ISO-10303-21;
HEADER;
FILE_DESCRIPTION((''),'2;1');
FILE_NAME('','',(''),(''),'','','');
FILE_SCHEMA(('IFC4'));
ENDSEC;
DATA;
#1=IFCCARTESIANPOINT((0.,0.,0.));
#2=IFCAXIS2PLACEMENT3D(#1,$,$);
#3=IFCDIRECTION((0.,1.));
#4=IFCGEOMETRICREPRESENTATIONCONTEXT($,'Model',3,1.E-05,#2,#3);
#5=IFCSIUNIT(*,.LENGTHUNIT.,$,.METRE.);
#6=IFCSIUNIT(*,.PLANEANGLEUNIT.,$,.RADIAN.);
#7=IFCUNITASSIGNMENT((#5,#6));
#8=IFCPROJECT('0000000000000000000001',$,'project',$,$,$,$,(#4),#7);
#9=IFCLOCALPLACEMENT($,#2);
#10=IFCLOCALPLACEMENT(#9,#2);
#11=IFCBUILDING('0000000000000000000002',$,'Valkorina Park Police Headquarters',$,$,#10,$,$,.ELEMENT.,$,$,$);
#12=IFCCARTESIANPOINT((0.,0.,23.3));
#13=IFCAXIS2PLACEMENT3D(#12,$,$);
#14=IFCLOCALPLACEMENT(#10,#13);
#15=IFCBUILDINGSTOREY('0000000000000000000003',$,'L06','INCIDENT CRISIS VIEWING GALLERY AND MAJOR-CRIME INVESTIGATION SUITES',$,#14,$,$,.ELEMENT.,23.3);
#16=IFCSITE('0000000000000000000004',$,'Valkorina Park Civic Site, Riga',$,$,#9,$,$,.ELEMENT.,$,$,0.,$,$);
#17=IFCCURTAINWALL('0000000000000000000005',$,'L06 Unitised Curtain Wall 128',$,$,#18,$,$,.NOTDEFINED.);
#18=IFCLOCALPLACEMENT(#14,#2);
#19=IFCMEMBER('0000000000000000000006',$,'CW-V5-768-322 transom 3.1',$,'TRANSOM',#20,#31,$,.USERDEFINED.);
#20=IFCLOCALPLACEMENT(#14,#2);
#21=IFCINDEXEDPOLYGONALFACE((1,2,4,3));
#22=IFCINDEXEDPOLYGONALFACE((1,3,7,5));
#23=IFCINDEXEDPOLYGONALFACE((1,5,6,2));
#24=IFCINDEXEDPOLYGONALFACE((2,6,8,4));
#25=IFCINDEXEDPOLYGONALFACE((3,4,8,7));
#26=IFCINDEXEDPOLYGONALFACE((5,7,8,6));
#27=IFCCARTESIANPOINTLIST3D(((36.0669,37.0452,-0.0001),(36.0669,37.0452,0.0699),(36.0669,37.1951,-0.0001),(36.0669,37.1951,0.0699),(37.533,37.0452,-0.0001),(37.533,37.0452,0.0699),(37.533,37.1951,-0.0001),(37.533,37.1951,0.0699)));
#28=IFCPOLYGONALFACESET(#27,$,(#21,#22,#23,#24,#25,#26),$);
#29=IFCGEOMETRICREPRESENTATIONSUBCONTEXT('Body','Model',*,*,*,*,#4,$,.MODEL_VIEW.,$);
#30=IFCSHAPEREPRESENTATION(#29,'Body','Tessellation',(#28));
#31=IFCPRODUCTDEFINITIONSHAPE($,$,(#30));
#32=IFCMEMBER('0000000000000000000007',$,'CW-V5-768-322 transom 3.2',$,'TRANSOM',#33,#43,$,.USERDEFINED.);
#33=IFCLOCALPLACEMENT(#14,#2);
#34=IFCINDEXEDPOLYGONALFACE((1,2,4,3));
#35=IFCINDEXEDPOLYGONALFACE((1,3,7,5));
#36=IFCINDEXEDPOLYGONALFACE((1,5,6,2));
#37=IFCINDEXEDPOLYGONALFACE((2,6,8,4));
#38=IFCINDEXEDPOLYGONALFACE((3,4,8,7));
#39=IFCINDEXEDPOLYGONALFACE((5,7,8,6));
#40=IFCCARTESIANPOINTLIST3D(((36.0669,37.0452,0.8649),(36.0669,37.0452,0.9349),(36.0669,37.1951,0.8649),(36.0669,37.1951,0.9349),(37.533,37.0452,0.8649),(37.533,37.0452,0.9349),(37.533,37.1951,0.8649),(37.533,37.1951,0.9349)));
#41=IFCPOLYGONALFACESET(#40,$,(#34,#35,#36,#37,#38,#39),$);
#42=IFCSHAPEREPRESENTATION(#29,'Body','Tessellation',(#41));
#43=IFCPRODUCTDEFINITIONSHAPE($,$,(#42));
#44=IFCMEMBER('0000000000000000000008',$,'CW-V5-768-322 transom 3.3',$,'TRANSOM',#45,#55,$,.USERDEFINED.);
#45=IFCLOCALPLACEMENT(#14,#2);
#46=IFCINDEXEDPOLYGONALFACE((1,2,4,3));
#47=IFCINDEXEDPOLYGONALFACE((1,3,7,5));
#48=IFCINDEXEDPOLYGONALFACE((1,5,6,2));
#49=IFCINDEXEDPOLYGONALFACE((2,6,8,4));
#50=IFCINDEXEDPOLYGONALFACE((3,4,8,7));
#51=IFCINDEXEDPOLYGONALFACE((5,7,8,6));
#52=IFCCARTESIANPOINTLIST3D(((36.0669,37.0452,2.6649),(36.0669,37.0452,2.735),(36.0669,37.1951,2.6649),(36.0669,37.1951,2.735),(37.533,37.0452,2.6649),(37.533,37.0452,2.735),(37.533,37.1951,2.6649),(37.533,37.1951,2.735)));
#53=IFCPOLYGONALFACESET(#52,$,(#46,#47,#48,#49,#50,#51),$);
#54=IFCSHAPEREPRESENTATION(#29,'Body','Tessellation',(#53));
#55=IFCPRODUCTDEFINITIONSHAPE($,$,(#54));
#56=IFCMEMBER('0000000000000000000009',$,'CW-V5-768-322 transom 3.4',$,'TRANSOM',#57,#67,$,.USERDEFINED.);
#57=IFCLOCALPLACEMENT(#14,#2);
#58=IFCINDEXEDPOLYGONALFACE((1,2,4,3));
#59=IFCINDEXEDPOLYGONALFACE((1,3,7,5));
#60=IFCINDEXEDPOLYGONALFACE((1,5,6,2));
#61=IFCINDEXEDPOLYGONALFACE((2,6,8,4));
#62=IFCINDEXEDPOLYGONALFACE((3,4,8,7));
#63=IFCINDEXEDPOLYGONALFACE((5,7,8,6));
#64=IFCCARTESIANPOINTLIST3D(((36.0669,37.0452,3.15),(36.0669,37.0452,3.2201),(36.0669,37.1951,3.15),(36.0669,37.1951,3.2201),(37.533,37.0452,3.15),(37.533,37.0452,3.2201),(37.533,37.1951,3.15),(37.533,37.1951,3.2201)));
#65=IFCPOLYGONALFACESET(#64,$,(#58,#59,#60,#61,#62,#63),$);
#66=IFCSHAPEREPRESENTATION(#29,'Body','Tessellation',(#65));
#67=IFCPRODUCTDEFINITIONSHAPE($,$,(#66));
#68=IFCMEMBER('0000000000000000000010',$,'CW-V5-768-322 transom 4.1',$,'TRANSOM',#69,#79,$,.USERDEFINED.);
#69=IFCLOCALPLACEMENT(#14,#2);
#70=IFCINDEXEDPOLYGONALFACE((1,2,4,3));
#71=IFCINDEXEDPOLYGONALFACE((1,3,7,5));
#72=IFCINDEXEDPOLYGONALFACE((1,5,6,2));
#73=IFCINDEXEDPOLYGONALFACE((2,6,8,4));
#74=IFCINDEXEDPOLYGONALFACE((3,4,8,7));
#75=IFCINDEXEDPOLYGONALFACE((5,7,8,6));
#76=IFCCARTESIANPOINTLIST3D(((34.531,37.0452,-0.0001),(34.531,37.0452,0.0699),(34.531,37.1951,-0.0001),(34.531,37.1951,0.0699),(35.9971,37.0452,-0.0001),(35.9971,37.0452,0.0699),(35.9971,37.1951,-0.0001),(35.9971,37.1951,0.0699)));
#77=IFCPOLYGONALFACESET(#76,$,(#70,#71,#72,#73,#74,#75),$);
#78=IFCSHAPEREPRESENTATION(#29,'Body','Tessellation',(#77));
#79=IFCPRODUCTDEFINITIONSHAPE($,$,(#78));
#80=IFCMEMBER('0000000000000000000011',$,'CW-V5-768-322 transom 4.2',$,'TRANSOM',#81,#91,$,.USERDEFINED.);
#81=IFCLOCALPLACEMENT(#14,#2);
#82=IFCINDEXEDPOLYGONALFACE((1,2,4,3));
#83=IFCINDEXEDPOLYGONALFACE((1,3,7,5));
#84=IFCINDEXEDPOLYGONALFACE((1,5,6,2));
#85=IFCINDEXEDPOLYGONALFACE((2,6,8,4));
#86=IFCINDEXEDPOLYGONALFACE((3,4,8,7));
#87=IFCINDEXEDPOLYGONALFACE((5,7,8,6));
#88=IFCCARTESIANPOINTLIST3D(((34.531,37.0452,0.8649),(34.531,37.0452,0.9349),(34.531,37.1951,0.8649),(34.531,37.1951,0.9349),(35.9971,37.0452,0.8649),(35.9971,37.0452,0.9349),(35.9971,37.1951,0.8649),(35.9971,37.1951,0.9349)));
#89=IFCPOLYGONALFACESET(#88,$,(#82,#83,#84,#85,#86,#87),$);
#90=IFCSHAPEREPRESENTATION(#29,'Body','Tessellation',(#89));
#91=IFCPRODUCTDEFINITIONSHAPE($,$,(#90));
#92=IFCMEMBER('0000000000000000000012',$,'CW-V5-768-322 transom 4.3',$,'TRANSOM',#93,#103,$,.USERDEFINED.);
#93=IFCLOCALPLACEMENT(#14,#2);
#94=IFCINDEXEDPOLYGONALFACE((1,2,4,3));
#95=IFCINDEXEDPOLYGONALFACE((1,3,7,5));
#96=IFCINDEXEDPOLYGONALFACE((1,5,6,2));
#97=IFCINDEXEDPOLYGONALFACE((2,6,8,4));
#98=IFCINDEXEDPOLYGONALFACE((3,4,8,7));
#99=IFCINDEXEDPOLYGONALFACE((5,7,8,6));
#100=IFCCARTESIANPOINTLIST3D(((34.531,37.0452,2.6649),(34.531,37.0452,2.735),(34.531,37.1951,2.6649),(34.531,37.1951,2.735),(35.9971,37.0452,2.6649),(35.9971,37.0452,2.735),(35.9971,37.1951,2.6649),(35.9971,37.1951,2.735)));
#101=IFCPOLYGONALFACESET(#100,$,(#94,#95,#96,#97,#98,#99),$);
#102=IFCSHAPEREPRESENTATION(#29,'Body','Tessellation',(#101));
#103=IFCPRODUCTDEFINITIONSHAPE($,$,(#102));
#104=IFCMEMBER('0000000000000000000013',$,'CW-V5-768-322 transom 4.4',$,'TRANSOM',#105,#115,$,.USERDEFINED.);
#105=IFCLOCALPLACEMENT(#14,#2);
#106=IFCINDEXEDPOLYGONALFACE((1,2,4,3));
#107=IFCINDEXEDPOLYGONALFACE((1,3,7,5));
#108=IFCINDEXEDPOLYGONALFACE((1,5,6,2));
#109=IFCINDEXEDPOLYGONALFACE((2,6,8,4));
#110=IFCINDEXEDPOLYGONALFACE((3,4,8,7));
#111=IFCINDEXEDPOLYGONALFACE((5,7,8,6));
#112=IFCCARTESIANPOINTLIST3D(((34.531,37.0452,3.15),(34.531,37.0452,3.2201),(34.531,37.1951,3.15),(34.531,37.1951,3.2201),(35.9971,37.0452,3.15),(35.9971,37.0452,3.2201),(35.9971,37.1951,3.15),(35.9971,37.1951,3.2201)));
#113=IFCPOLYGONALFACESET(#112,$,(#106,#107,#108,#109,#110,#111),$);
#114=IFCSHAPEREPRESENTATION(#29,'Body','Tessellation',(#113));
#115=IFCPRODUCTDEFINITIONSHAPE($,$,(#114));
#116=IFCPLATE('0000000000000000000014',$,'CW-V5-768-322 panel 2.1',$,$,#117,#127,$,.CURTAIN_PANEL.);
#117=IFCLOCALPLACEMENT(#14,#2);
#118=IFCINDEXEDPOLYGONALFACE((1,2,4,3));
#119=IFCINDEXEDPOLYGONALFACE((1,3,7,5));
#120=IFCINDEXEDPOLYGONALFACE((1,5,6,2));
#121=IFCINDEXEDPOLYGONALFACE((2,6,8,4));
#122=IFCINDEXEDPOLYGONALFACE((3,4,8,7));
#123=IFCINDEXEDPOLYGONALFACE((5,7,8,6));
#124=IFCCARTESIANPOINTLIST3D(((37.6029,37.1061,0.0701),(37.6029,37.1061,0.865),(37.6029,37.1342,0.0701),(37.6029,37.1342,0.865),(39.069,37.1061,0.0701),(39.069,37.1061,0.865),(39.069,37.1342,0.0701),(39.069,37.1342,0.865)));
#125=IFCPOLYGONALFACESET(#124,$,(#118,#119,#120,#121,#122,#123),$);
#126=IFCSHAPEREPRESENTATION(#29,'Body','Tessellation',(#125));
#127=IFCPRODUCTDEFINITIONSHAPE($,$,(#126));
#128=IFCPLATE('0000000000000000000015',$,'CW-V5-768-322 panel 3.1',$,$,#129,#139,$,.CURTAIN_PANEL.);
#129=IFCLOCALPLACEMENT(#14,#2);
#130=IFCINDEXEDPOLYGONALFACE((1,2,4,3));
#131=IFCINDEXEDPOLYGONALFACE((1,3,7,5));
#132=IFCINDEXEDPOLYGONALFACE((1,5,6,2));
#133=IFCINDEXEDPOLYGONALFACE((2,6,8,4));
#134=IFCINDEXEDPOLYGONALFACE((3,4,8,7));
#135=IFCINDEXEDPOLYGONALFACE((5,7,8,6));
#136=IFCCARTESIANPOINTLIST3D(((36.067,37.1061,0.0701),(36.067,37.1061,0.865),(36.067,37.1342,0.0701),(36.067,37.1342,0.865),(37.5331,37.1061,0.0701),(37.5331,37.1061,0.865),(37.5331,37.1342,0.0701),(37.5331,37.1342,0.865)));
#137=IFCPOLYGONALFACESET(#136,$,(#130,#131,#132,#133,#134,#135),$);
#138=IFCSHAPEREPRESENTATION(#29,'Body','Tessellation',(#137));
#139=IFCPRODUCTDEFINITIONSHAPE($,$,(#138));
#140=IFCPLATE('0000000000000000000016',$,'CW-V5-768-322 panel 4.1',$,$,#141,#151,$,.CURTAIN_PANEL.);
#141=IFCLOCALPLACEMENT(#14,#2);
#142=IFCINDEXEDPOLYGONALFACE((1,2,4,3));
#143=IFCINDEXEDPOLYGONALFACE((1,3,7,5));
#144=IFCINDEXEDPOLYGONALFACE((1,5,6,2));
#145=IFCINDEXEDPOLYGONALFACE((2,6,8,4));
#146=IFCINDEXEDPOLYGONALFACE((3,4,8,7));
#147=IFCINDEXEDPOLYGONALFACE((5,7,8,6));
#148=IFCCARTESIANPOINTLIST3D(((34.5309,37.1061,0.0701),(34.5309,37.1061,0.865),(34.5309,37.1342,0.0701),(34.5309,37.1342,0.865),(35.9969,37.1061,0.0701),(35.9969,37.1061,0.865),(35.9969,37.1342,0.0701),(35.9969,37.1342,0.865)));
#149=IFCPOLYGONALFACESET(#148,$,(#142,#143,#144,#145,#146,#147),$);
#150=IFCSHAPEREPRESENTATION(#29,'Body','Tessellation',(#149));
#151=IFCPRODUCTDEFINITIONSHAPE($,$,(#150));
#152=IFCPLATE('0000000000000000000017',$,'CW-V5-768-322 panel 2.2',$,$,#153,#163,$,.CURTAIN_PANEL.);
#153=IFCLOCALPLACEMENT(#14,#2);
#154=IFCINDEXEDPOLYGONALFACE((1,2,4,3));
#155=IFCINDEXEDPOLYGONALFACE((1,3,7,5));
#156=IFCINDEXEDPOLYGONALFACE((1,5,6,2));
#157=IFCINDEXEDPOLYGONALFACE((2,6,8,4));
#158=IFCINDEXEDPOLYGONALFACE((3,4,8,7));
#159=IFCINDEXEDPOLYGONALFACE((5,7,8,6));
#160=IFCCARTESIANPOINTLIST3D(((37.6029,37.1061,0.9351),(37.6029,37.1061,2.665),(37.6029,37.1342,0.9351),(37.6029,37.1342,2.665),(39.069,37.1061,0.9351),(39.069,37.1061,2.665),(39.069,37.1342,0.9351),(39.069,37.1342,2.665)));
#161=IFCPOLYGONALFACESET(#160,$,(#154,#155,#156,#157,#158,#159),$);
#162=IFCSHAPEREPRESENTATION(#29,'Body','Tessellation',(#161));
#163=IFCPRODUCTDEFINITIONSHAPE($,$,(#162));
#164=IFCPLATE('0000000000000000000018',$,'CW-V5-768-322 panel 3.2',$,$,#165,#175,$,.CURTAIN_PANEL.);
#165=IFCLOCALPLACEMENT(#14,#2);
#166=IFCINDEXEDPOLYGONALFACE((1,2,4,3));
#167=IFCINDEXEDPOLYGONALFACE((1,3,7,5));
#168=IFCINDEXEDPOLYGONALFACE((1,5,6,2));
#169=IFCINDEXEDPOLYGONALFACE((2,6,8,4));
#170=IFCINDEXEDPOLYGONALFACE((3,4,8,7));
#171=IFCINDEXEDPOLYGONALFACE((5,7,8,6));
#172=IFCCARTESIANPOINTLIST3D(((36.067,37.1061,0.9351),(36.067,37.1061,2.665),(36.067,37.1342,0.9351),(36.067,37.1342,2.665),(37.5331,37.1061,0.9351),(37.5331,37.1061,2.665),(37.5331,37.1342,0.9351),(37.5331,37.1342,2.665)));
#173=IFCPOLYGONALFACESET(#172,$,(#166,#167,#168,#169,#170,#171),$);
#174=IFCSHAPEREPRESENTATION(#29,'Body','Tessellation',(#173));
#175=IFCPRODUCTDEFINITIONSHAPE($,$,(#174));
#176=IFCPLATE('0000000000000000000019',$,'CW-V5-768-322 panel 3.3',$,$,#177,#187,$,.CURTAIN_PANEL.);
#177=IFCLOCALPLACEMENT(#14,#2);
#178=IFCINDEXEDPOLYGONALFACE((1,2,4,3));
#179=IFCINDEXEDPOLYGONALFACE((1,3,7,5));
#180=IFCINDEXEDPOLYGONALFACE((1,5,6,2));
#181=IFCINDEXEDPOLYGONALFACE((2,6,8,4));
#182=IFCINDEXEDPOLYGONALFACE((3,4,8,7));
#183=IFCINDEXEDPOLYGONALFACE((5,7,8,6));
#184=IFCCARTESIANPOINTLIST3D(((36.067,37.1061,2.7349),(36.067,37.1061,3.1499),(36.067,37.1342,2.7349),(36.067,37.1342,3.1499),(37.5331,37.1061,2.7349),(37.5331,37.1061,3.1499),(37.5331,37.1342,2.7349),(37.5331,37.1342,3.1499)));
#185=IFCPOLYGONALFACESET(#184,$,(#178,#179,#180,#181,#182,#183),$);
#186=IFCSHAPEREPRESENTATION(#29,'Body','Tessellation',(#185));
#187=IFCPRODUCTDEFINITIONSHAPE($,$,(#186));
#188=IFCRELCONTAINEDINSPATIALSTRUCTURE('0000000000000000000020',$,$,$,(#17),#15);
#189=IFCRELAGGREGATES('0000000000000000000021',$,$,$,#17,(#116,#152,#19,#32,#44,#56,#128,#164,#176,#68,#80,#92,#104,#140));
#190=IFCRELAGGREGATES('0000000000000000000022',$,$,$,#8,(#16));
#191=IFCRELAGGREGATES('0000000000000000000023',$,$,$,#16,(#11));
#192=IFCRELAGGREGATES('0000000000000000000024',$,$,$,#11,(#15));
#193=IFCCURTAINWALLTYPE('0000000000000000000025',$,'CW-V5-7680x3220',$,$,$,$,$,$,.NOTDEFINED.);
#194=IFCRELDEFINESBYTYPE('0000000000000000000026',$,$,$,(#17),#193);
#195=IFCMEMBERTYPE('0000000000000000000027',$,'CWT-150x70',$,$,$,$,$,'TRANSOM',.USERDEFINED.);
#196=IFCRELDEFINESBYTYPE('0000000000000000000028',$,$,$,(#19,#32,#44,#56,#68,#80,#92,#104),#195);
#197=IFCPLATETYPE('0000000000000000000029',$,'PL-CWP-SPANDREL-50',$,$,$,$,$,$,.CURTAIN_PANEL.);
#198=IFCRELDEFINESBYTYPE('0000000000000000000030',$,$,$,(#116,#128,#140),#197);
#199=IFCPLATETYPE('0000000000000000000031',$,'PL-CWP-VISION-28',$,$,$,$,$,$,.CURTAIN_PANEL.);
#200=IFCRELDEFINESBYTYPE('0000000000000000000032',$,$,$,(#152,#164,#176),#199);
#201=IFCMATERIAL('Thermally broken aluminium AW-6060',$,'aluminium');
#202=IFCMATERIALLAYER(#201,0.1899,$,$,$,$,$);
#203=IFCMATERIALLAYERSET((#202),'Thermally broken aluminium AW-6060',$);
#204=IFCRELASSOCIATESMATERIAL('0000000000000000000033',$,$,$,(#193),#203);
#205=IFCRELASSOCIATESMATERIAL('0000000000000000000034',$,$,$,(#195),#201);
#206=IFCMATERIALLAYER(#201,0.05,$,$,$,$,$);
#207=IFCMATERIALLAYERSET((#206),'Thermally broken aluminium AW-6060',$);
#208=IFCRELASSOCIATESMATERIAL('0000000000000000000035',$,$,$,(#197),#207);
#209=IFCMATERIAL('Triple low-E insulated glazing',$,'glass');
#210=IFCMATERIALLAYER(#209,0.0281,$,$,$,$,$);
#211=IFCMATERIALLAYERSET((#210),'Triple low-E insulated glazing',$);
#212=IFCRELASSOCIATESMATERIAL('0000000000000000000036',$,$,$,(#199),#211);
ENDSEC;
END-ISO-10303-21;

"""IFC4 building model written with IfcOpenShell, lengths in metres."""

from ifc_helpers import new_model, si_unit, direction, frame, origin, origin_2d, place, context, subcontext, project, spatial, rectangle, extrude, material, layer, layer_set, material_profile, profile_set, type_object, element, aggregate, save


model = new_model("IFC4")

# Units and contexts
model_context = context("Model", 3, precision=1e-05, world=origin(), true_north=direction((0.0, 1.0)))
body_context = subcontext(model_context, "Body", "Model", "MODEL_VIEW")
ifc_project = project(units=[si_unit("LENGTHUNIT", "METRE"), si_unit("PLANEANGLEUNIT", "RADIAN")], contexts=[model_context])

# Site, building, storey
site_placement = place(None, origin())
site = spatial("IfcSite", under=ifc_project, at=site_placement, Name="Valkorina Park Civic Site, Riga", CompositionType="ELEMENT", RefElevation=0.0)
building_placement = place(site_placement, origin())
building = spatial("IfcBuilding", under=site, at=building_placement, Name="Valkorina Park Police Headquarters", CompositionType="ELEMENT")
storey_placement = place(building_placement, frame((0.0, 0.0, 23.3)))
storey = spatial("IfcBuildingStorey", under=building, at=storey_placement, Name="L06", Description="INCIDENT CRISIS VIEWING GALLERY AND MAJOR-CRIME INVESTIGATION SUITES", CompositionType="ELEMENT", Elevation=23.3)

# Curtain wall, members, plates
ifc_material_1 = material(Name="Thermally broken aluminium AW-6060", Category="aluminium")
ifc_layer_1 = layer(ifc_material_1, 0.1899)
ifc_layer_set_1 = layer_set([ifc_layer_1], Name="Thermally broken aluminium AW-6060")
curtain_wall_type = type_object("IfcCurtainWallType", Name="CW-V5-7680x3220", PredefinedType="NOTDEFINED", material=ifc_layer_set_1)
curtain_wall_placement = place(storey_placement, origin())
curtain_wall = element("IfcCurtainWall", 1, at=curtain_wall_placement, inside=storey, type_object=curtain_wall_type, Name="L06 Unitised Curtain Wall 128", PredefinedType="NOTDEFINED")
ifc_material_profile_1 = material_profile(ifc_material_1, rectangle(XDim=0.1499, YDim=0.0701, at=origin_2d()), Name="CWT-02 150x70")
ifc_profile_set_1 = profile_set([ifc_material_profile_1], Name="Thermally broken aluminium AW-6060")
member_type_1 = type_object("IfcMemberType", Name="CWT-150x70", ElementType="TRANSOM", PredefinedType="USERDEFINED", material=ifc_profile_set_1)
member_1_placement = place(storey_placement, frame((37.533, 37.1201, 0.0349), z_axis=(-1.0, 0.0, 0.0), x_axis=(0.0, -1.0, 0.0)))
member_1 = element("IfcMember", 2, at=member_1_placement, type_object=member_type_1, Name="CW-V5-768-322 transom 3.1", ObjectType="TRANSOM", PredefinedType="USERDEFINED", context=body_context, shape_type="SweptSolid", body=[
    extrude(rectangle(XDim=0.1499, YDim=0.0701, at=origin_2d()), origin(), (0.0, 0.0, 1.0), 1.4661),
])
member_2_placement = place(storey_placement, frame((37.533, 37.1201, 0.8999), z_axis=(-1.0, 0.0, 0.0), x_axis=(0.0, -1.0, 0.0)))
member_2 = element("IfcMember", 3, at=member_2_placement, type_object=member_type_1, Name="CW-V5-768-322 transom 3.2", ObjectType="TRANSOM", PredefinedType="USERDEFINED", context=body_context, shape_type="SweptSolid", body=[
    extrude(rectangle(XDim=0.1499, YDim=0.0701, at=origin_2d()), origin(), (0.0, 0.0, 1.0), 1.4661),
])
member_3_placement = place(storey_placement, frame((37.533, 37.1201, 2.7), z_axis=(-1.0, 0.0, 0.0), x_axis=(0.0, -1.0, 0.0)))
member_3 = element("IfcMember", 4, at=member_3_placement, type_object=member_type_1, Name="CW-V5-768-322 transom 3.3", ObjectType="TRANSOM", PredefinedType="USERDEFINED", context=body_context, shape_type="SweptSolid", body=[
    extrude(rectangle(XDim=0.1499, YDim=0.0701, at=origin_2d()), origin(), (0.0, 0.0, 1.0), 1.4661),
])
member_4_placement = place(storey_placement, frame((37.533, 37.1201, 3.1851), z_axis=(-1.0, 0.0, 0.0), x_axis=(0.0, -1.0, 0.0)))
member_4 = element("IfcMember", 5, at=member_4_placement, type_object=member_type_1, Name="CW-V5-768-322 transom 3.4", ObjectType="TRANSOM", PredefinedType="USERDEFINED", context=body_context, shape_type="SweptSolid", body=[
    extrude(rectangle(XDim=0.1499, YDim=0.0701, at=origin_2d()), origin(), (0.0, 0.0, 1.0), 1.4661),
])
member_5_placement = place(storey_placement, frame((35.9971, 37.1201, 0.0349), z_axis=(-1.0, 0.0, 0.0), x_axis=(0.0, -1.0, 0.0)))
member_5 = element("IfcMember", 6, at=member_5_placement, type_object=member_type_1, Name="CW-V5-768-322 transom 4.1", ObjectType="TRANSOM", PredefinedType="USERDEFINED", context=body_context, shape_type="SweptSolid", body=[
    extrude(rectangle(XDim=0.1499, YDim=0.0701, at=origin_2d()), origin(), (0.0, 0.0, 1.0), 1.4661),
])
member_6_placement = place(storey_placement, frame((35.9971, 37.1201, 0.8999), z_axis=(-1.0, 0.0, 0.0), x_axis=(0.0, -1.0, 0.0)))
member_6 = element("IfcMember", 7, at=member_6_placement, type_object=member_type_1, Name="CW-V5-768-322 transom 4.2", ObjectType="TRANSOM", PredefinedType="USERDEFINED", context=body_context, shape_type="SweptSolid", body=[
    extrude(rectangle(XDim=0.1499, YDim=0.0701, at=origin_2d()), origin(), (0.0, 0.0, 1.0), 1.4661),
])
member_7_placement = place(storey_placement, frame((35.9971, 37.1201, 2.7), z_axis=(-1.0, 0.0, 0.0), x_axis=(0.0, -1.0, 0.0)))
member_7 = element("IfcMember", 8, at=member_7_placement, type_object=member_type_1, Name="CW-V5-768-322 transom 4.3", ObjectType="TRANSOM", PredefinedType="USERDEFINED", context=body_context, shape_type="SweptSolid", body=[
    extrude(rectangle(XDim=0.1499, YDim=0.0701, at=origin_2d()), origin(), (0.0, 0.0, 1.0), 1.4661),
])
member_8_placement = place(storey_placement, frame((35.9971, 37.1201, 3.1851), z_axis=(-1.0, 0.0, 0.0), x_axis=(0.0, -1.0, 0.0)))
member_8 = element("IfcMember", 9, at=member_8_placement, type_object=member_type_1, Name="CW-V5-768-322 transom 4.4", ObjectType="TRANSOM", PredefinedType="USERDEFINED", context=body_context, shape_type="SweptSolid", body=[
    extrude(rectangle(XDim=0.1499, YDim=0.0701, at=origin_2d()), origin(), (0.0, 0.0, 1.0), 1.4661),
])
ifc_layer_2 = layer(ifc_material_1, 0.05)
ifc_layer_set_2 = layer_set([ifc_layer_2], Name="Thermally broken aluminium AW-6060")
plate_type_1 = type_object("IfcPlateType", Name="PL-CWP-SPANDREL-50", PredefinedType="CURTAIN_PANEL", material=ifc_layer_set_2)
plate_1_placement = place(storey_placement, frame((38.3359, 37.1201, 0.0701), z_axis=(0.0, 0.0, 1.0), x_axis=(-1.0, 0.0, 0.0)))
plate_1 = element("IfcPlate", 10, at=plate_1_placement, type_object=plate_type_1, Name="CW-V5-768-322 panel 2.1", PredefinedType="CURTAIN_PANEL", context=body_context, shape_type="SweptSolid", body=[
    extrude(rectangle(XDim=1.4661, YDim=0.0281, at=origin_2d()), origin(), (0.0, 0.0, 1.0), 0.7949),
])
plate_2_placement = place(storey_placement, frame((36.8, 37.1201, 0.0701), z_axis=(0.0, 0.0, 1.0), x_axis=(-1.0, 0.0, 0.0)))
plate_2 = element("IfcPlate", 11, at=plate_2_placement, type_object=plate_type_1, Name="CW-V5-768-322 panel 3.1", PredefinedType="CURTAIN_PANEL", context=body_context, shape_type="SweptSolid", body=[
    extrude(rectangle(XDim=1.4661, YDim=0.0281, at=origin_2d()), origin(), (0.0, 0.0, 1.0), 0.7949),
])
plate_3_placement = place(storey_placement, frame((35.2639, 37.1201, 0.0701), z_axis=(0.0, 0.0, 1.0), x_axis=(-1.0, 0.0, 0.0)))
plate_3 = element("IfcPlate", 12, at=plate_3_placement, type_object=plate_type_1, Name="CW-V5-768-322 panel 4.1", PredefinedType="CURTAIN_PANEL", context=body_context, shape_type="SweptSolid", body=[
    extrude(rectangle(XDim=1.4661, YDim=0.0281, at=origin_2d()), origin(), (0.0, 0.0, 1.0), 0.7949),
])
ifc_material_2 = material(Name="Triple low-E insulated glazing", Category="glass")
ifc_layer_3 = layer(ifc_material_2, 0.0281)
ifc_layer_set_3 = layer_set([ifc_layer_3], Name="Triple low-E insulated glazing")
plate_type_2 = type_object("IfcPlateType", Name="PL-CWP-VISION-28", PredefinedType="CURTAIN_PANEL", material=ifc_layer_set_3)
plate_4_placement = place(storey_placement, frame((38.3359, 37.1201, 0.9351), z_axis=(0.0, 0.0, 1.0), x_axis=(-1.0, 0.0, 0.0)))
plate_4 = element("IfcPlate", 13, at=plate_4_placement, type_object=plate_type_2, Name="CW-V5-768-322 panel 2.2", PredefinedType="CURTAIN_PANEL", context=body_context, shape_type="SweptSolid", body=[
    extrude(rectangle(XDim=1.4661, YDim=0.0281, at=origin_2d()), origin(), (0.0, 0.0, 1.0), 1.73),
])
plate_5_placement = place(storey_placement, frame((36.8, 37.1201, 0.9351), z_axis=(0.0, 0.0, 1.0), x_axis=(-1.0, 0.0, 0.0)))
plate_5 = element("IfcPlate", 14, at=plate_5_placement, type_object=plate_type_2, Name="CW-V5-768-322 panel 3.2", PredefinedType="CURTAIN_PANEL", context=body_context, shape_type="SweptSolid", body=[
    extrude(rectangle(XDim=1.4661, YDim=0.0281, at=origin_2d()), origin(), (0.0, 0.0, 1.0), 1.73),
])
plate_6_placement = place(storey_placement, frame((36.8, 37.1201, 2.7349), z_axis=(0.0, 0.0, 1.0), x_axis=(-1.0, 0.0, 0.0)))
plate_6 = element("IfcPlate", 15, at=plate_6_placement, type_object=plate_type_2, Name="CW-V5-768-322 panel 3.3", PredefinedType="CURTAIN_PANEL", context=body_context, shape_type="SweptSolid", body=[
    extrude(rectangle(XDim=1.4661, YDim=0.0281, at=origin_2d()), origin(), (0.0, 0.0, 1.0), 0.415),
])
aggregate(curtain_wall, [plate_1, plate_4, member_1, member_2, member_3, member_4, plate_2, plate_5, plate_6, member_5, member_6, member_7, member_8, plate_3])

save(model, "model.ifc")
